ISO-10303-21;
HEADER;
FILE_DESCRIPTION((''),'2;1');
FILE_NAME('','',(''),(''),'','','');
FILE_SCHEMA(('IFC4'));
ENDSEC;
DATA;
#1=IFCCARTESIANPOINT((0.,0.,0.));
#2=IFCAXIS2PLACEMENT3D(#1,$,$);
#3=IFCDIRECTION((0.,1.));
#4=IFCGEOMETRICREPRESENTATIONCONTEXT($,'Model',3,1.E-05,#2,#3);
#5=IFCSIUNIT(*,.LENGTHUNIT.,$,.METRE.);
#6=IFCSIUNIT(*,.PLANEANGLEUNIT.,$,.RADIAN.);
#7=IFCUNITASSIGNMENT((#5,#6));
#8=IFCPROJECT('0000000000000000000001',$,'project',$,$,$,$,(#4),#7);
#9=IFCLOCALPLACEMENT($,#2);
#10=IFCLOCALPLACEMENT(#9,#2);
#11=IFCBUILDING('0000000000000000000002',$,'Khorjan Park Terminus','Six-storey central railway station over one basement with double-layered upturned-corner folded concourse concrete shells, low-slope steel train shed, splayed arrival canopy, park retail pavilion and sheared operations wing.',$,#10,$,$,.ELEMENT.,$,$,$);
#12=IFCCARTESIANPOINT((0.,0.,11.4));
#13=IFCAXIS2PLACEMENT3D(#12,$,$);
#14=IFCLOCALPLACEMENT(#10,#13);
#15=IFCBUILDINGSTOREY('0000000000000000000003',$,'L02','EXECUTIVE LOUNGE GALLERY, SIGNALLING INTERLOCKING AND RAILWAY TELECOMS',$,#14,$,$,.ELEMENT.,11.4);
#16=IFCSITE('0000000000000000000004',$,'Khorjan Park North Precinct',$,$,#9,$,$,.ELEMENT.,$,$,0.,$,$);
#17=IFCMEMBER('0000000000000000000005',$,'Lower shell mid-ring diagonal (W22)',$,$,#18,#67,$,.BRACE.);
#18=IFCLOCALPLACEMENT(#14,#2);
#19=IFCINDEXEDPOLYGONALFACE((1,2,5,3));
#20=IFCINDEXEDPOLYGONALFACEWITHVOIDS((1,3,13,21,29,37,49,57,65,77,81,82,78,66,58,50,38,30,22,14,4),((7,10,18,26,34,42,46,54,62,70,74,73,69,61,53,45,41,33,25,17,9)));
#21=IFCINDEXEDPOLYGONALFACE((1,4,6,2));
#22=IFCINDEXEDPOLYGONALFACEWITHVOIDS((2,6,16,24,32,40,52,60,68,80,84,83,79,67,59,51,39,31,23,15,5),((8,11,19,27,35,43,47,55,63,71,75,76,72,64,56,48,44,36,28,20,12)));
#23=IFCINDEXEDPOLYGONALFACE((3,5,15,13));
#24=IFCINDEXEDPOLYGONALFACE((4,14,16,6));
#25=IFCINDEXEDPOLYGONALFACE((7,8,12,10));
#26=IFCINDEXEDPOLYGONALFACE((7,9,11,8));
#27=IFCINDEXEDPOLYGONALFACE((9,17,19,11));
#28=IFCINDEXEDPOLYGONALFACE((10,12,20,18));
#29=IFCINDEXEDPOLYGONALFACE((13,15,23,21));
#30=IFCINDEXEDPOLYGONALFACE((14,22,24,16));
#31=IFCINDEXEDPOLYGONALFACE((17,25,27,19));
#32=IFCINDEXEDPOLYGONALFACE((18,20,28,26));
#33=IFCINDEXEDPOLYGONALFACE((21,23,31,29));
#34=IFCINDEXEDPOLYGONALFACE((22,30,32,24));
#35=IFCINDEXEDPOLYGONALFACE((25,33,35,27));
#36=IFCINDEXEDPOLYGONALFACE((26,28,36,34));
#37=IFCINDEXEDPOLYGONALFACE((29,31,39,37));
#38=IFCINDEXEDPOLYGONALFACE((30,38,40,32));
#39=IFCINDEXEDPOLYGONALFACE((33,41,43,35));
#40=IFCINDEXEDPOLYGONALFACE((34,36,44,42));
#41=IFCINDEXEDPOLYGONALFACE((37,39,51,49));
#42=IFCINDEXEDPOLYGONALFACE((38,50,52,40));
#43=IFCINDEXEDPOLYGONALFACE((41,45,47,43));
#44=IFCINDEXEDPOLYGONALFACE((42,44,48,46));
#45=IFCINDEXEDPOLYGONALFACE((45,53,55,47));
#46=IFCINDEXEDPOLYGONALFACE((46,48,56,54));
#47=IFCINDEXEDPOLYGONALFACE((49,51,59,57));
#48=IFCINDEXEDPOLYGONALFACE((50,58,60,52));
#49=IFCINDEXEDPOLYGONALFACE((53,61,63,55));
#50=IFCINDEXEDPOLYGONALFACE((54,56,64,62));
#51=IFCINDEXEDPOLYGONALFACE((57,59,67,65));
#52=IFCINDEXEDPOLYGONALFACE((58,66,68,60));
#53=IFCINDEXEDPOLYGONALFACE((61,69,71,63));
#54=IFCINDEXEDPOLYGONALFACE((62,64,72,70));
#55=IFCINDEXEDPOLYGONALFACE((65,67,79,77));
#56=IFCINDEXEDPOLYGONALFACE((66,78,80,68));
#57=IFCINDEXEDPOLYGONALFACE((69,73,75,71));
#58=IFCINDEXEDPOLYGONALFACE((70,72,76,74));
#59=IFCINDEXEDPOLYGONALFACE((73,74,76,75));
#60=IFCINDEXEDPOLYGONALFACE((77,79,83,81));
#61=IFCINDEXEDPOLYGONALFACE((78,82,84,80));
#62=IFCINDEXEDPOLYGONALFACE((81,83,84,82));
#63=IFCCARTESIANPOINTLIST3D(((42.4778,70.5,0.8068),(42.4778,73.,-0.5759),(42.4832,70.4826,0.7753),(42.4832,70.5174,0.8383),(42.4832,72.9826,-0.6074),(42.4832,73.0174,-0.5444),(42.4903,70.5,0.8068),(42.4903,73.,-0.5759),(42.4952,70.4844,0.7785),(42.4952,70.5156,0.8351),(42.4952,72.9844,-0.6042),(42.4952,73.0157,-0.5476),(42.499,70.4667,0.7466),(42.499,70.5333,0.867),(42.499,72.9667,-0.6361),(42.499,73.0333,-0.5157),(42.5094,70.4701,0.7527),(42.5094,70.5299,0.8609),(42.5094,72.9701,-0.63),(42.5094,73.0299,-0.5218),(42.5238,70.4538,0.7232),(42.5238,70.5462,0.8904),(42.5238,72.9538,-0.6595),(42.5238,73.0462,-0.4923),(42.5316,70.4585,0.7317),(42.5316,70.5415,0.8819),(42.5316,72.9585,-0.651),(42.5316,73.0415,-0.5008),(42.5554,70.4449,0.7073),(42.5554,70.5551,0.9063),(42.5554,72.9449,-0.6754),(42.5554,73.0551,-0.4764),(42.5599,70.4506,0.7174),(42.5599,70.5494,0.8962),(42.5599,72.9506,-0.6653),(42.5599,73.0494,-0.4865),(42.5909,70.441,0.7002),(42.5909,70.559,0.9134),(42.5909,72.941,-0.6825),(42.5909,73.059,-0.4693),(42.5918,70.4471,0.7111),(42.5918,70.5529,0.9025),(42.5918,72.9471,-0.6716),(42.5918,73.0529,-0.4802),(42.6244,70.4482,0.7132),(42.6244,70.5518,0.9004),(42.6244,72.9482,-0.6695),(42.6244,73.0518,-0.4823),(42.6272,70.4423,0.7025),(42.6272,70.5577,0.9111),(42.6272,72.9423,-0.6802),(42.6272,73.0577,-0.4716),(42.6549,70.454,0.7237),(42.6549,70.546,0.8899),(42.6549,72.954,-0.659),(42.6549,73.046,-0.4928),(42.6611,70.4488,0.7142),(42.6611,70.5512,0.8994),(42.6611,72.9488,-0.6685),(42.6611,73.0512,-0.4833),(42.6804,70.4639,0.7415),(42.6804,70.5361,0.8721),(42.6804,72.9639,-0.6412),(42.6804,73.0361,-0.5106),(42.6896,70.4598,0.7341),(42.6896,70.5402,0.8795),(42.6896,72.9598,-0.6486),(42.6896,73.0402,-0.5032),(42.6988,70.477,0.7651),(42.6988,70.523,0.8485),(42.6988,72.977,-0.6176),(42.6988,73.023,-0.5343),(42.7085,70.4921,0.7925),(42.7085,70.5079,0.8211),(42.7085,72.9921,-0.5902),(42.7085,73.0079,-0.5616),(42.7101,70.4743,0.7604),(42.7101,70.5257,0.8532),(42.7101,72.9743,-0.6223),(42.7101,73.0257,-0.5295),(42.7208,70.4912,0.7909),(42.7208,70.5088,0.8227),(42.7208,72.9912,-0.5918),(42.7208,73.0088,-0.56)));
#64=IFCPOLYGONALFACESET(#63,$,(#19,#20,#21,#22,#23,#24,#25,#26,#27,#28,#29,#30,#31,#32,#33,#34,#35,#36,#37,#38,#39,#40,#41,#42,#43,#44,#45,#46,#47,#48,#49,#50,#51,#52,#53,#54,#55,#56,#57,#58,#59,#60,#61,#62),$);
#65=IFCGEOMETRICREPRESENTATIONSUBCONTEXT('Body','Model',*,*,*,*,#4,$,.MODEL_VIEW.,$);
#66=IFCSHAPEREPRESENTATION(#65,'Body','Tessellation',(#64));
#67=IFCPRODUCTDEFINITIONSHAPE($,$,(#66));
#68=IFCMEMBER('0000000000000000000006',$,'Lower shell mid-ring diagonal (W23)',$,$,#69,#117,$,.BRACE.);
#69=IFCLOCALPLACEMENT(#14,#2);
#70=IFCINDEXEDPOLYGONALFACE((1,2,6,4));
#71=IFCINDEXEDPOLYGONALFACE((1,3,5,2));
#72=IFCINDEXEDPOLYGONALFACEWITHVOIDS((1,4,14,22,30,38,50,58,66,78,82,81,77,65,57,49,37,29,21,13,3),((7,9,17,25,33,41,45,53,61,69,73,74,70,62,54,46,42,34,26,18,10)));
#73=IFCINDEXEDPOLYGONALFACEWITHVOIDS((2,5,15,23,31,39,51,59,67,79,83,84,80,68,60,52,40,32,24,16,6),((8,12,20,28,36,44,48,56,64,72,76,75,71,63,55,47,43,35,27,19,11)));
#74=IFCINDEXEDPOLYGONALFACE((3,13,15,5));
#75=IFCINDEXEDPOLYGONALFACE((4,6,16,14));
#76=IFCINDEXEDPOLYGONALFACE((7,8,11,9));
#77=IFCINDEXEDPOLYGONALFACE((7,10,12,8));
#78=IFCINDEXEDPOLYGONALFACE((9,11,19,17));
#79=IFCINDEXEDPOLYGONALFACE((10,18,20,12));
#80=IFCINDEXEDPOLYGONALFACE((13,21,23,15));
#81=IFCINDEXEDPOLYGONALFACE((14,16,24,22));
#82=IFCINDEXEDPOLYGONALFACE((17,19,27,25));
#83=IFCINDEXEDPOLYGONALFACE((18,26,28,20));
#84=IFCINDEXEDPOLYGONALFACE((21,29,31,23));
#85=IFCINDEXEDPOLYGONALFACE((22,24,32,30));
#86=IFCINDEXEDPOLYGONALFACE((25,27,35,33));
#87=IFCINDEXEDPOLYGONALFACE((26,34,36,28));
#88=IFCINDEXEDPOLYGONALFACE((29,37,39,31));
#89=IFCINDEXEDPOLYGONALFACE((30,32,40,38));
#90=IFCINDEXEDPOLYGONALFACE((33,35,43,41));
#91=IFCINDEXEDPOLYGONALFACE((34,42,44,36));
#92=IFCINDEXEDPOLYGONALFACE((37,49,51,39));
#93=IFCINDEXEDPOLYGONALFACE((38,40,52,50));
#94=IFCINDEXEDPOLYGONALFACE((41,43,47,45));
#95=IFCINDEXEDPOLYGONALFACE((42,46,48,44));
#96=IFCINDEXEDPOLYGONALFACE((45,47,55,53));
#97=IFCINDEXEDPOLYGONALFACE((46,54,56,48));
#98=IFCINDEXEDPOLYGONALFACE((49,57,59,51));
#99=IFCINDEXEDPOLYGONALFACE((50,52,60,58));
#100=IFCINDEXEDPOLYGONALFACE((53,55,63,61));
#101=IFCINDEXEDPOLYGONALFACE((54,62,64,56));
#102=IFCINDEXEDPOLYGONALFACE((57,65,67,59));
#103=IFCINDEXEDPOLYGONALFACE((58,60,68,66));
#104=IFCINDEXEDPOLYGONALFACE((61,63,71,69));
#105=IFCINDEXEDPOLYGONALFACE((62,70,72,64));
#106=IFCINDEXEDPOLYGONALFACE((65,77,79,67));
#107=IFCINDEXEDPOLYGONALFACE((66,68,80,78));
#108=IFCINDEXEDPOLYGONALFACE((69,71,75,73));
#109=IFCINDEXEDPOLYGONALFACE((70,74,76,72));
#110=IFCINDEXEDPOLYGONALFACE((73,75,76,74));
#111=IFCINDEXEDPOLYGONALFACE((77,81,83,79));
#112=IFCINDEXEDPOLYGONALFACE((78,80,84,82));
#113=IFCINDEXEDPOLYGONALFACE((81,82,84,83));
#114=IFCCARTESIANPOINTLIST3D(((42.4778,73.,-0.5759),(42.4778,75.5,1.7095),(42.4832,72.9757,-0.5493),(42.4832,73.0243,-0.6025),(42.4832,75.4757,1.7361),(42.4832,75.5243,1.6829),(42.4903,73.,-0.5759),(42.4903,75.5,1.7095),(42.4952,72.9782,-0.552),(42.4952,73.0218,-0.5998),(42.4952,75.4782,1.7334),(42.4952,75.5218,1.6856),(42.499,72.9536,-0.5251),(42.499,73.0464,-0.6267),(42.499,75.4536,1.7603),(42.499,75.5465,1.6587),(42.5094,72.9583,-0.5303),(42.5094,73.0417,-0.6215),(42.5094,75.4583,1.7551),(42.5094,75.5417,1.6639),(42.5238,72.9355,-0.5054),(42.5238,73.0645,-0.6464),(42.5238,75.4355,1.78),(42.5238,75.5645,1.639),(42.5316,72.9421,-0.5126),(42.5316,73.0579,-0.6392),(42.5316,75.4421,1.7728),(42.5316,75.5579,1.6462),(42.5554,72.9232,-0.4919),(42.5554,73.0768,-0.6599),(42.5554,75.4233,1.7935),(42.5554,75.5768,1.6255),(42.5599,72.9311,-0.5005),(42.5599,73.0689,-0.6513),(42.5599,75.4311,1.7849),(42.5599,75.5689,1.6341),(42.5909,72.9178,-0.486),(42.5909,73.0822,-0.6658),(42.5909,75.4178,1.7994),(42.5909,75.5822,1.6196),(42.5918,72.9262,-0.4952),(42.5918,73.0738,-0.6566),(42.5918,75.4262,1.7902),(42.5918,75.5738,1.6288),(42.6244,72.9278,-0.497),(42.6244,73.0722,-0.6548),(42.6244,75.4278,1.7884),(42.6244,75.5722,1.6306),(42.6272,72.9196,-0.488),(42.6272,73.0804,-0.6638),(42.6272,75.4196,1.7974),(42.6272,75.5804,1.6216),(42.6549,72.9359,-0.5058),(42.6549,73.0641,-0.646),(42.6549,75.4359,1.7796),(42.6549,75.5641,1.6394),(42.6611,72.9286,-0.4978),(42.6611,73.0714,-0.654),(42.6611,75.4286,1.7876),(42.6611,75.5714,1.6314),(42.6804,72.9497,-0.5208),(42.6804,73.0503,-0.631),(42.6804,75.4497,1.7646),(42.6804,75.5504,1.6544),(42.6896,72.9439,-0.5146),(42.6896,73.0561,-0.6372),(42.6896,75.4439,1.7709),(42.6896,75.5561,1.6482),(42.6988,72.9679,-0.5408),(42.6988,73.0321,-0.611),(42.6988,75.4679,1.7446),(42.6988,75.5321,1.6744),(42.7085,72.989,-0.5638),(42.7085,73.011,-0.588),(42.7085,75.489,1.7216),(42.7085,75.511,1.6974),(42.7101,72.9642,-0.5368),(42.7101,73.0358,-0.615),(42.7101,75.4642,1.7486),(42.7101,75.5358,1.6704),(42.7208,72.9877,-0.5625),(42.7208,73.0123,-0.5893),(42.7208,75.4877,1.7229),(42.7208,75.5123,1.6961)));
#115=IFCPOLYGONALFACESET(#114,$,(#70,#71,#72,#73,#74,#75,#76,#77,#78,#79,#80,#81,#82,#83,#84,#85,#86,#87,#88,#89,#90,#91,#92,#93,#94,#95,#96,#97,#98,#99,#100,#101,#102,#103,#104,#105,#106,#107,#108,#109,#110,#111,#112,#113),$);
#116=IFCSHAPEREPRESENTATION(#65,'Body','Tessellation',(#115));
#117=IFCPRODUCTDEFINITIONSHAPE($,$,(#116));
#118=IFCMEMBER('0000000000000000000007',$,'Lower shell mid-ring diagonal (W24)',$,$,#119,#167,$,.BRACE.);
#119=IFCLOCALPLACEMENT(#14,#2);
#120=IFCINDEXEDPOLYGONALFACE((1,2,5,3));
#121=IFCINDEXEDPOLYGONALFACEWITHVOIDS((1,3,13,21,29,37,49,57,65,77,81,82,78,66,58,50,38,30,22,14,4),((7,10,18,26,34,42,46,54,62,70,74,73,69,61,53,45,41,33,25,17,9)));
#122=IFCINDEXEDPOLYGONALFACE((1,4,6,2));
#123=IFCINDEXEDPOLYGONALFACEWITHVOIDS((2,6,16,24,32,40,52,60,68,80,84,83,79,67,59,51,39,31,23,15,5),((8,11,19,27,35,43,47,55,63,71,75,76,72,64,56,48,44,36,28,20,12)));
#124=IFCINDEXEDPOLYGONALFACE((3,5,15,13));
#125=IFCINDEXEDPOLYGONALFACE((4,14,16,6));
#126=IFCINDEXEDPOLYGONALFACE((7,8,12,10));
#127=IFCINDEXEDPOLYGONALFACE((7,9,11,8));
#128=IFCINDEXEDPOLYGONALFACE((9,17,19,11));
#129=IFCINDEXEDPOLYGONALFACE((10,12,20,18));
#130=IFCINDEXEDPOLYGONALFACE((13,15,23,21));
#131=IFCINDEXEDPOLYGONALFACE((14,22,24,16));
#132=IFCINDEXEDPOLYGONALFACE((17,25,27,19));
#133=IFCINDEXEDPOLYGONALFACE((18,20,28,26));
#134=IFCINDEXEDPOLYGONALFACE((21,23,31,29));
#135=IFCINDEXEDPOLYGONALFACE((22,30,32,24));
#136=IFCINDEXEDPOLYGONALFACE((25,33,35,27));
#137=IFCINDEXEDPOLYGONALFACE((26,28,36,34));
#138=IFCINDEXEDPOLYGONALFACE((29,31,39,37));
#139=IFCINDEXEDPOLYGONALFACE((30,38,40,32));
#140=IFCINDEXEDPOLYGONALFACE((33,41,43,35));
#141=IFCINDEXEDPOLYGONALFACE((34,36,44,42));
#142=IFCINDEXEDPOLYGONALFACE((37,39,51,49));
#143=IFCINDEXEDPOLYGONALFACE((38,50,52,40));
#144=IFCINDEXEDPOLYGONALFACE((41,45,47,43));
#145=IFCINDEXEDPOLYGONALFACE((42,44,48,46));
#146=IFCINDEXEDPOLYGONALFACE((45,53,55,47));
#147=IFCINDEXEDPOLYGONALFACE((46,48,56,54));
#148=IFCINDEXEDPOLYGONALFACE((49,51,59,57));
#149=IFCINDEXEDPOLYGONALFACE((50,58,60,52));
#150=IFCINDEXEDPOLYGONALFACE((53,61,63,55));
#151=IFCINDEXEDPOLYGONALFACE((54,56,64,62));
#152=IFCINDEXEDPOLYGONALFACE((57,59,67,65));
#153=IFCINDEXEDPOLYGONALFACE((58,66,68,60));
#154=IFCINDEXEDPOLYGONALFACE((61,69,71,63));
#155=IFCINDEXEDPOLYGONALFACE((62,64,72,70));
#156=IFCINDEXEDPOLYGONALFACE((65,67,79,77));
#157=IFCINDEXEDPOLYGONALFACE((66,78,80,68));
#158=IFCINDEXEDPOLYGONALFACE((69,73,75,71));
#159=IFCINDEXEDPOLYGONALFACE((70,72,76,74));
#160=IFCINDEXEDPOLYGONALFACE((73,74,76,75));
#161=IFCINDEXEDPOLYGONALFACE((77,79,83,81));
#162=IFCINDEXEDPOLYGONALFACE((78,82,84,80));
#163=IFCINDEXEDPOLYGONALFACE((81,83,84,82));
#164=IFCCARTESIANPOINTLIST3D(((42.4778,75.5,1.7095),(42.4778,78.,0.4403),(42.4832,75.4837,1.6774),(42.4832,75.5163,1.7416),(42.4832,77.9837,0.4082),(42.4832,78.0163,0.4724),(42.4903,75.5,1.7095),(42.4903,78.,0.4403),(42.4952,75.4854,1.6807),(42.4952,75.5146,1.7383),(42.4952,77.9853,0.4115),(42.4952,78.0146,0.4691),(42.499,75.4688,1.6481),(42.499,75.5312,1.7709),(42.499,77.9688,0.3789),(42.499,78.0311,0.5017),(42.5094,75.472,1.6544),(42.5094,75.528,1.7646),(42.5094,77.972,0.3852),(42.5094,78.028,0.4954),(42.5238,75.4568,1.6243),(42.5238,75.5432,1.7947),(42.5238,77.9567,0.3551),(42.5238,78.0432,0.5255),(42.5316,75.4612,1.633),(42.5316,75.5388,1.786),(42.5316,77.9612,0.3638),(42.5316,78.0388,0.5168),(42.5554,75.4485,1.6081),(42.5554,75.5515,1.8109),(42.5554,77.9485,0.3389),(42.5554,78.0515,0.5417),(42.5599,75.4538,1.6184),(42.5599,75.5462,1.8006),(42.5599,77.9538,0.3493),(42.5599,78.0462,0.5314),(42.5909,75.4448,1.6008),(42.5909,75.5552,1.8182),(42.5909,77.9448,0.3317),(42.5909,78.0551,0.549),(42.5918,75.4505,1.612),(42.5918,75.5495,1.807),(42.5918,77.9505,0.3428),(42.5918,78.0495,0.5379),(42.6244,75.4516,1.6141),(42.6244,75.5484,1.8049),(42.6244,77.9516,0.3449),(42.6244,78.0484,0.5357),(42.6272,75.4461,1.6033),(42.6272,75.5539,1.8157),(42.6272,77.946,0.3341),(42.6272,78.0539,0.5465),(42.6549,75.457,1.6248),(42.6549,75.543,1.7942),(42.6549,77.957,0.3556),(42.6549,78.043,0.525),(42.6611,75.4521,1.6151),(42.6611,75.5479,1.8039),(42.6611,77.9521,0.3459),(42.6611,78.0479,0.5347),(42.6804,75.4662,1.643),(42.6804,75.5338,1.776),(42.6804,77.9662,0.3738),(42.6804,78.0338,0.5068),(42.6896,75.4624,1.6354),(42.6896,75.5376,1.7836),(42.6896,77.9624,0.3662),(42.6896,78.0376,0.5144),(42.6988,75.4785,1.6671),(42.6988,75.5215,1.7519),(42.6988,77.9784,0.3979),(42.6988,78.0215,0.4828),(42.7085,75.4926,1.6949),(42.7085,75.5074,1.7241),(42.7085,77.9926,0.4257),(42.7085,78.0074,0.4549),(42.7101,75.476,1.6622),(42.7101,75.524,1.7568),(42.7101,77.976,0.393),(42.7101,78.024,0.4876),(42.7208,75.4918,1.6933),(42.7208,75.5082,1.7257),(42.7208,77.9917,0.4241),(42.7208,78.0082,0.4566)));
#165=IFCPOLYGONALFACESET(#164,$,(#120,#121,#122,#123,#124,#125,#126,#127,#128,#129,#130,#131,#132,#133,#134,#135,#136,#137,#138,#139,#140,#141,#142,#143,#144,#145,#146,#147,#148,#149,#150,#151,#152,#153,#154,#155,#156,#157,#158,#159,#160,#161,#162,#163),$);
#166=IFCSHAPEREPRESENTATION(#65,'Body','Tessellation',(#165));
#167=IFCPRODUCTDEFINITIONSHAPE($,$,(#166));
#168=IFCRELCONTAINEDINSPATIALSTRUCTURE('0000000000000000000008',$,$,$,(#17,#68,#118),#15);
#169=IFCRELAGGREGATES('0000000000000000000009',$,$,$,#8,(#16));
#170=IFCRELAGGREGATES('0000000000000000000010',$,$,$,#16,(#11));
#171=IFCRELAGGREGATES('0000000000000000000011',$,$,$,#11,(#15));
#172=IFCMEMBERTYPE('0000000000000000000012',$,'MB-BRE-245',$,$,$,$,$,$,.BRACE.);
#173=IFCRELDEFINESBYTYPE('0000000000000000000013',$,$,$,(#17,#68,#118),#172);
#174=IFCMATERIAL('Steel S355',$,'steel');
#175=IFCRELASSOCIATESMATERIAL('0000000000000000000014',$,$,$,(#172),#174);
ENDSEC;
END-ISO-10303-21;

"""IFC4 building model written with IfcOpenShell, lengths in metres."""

from ifc_helpers import new_model, si_unit, direction, frame, origin, origin_2d, place, context, subcontext, project, spatial, hollow_circle, extrude, material, material_profile, profile_set, type_object, element, save


model = new_model("IFC4")

# Units and contexts
model_context = context("Model", 3, precision=1e-05, world=origin(), true_north=direction((0.0, 1.0)))
body_context = subcontext(model_context, "Body", "Model", "MODEL_VIEW")
ifc_project = project(units=[si_unit("LENGTHUNIT", "METRE"), si_unit("PLANEANGLEUNIT", "RADIAN")], contexts=[model_context])

# Site, building, storey
site_placement = place(None, origin())
site = spatial("IfcSite", under=ifc_project, at=site_placement, Name="Khorjan Park North Precinct", CompositionType="ELEMENT", RefElevation=0.0)
building_placement = place(site_placement, origin())
building = spatial("IfcBuilding", under=site, at=building_placement, Name="Khorjan Park Terminus", Description="Six-storey central railway station over one basement with double-layered upturned-corner folded concourse concrete shells, low-slope steel train shed, splayed arrival canopy, park retail pavilion and sheared operations wing.", CompositionType="ELEMENT")
storey_placement = place(building_placement, frame((0.0, 0.0, 11.4)))
storey = spatial("IfcBuildingStorey", under=building, at=storey_placement, Name="L02", Description="EXECUTIVE LOUNGE GALLERY, SIGNALLING INTERLOCKING AND RAILWAY TELECOMS", CompositionType="ELEMENT", Elevation=11.4)

# Members
ifc_material_1 = material(Name="Steel S355", Category="steel")
ifc_material_profile_1 = material_profile(ifc_material_1, hollow_circle(Radius=0.1222, WallThickness=0.0125, at=origin_2d()), Name="CHS 244.5x12.5")
ifc_profile_set_1 = profile_set([ifc_material_profile_1], Name="Steel S355")
member_type_1 = type_object("IfcMemberType", Name="MB-BRE-245", PredefinedType="BRACE", material=ifc_profile_set_1)
member_1_placement = place(storey_placement, frame((42.6, 70.5, 0.8068), z_axis=(0.0, 0.875075, -0.483987), x_axis=(-1.0, 0.0, 0.0)))
element("IfcMember", 1, at=member_1_placement, inside=storey, type_object=member_type_1, Name="Lower shell mid-ring diagonal (W22)", PredefinedType="BRACE", context=body_context, shape_type="SweptSolid", body=[
    extrude(hollow_circle(Radius=0.1222, WallThickness=0.0125, at=origin_2d()), origin(), (0.0, 0.0, 1.0), 2.8569),
])
member_2_placement = place(storey_placement, frame((42.6, 73.0, -0.5759), z_axis=(0.0, 0.738075, 0.674719), x_axis=(-1.0, 0.0, 0.0)))
element("IfcMember", 2, at=member_2_placement, inside=storey, type_object=member_type_1, Name="Lower shell mid-ring diagonal (W23)", PredefinedType="BRACE", context=body_context, shape_type="SweptSolid", body=[
    extrude(hollow_circle(Radius=0.1222, WallThickness=0.0125, at=origin_2d()), origin(), (0.0, 0.0, 1.0), 3.3872),
])
member_3_placement = place(storey_placement, frame((42.6, 75.5, 1.7095), z_axis=(0.0, 0.891671, -0.452684), x_axis=(-1.0, 0.0, 0.0)))
element("IfcMember", 3, at=member_3_placement, inside=storey, type_object=member_type_1, Name="Lower shell mid-ring diagonal (W24)", PredefinedType="BRACE", context=body_context, shape_type="SweptSolid", body=[
    extrude(hollow_circle(Radius=0.1222, WallThickness=0.0125, at=origin_2d()), origin(), (0.0, 0.0, 1.0), 2.8037),
])

save(model, "model.ifc")
